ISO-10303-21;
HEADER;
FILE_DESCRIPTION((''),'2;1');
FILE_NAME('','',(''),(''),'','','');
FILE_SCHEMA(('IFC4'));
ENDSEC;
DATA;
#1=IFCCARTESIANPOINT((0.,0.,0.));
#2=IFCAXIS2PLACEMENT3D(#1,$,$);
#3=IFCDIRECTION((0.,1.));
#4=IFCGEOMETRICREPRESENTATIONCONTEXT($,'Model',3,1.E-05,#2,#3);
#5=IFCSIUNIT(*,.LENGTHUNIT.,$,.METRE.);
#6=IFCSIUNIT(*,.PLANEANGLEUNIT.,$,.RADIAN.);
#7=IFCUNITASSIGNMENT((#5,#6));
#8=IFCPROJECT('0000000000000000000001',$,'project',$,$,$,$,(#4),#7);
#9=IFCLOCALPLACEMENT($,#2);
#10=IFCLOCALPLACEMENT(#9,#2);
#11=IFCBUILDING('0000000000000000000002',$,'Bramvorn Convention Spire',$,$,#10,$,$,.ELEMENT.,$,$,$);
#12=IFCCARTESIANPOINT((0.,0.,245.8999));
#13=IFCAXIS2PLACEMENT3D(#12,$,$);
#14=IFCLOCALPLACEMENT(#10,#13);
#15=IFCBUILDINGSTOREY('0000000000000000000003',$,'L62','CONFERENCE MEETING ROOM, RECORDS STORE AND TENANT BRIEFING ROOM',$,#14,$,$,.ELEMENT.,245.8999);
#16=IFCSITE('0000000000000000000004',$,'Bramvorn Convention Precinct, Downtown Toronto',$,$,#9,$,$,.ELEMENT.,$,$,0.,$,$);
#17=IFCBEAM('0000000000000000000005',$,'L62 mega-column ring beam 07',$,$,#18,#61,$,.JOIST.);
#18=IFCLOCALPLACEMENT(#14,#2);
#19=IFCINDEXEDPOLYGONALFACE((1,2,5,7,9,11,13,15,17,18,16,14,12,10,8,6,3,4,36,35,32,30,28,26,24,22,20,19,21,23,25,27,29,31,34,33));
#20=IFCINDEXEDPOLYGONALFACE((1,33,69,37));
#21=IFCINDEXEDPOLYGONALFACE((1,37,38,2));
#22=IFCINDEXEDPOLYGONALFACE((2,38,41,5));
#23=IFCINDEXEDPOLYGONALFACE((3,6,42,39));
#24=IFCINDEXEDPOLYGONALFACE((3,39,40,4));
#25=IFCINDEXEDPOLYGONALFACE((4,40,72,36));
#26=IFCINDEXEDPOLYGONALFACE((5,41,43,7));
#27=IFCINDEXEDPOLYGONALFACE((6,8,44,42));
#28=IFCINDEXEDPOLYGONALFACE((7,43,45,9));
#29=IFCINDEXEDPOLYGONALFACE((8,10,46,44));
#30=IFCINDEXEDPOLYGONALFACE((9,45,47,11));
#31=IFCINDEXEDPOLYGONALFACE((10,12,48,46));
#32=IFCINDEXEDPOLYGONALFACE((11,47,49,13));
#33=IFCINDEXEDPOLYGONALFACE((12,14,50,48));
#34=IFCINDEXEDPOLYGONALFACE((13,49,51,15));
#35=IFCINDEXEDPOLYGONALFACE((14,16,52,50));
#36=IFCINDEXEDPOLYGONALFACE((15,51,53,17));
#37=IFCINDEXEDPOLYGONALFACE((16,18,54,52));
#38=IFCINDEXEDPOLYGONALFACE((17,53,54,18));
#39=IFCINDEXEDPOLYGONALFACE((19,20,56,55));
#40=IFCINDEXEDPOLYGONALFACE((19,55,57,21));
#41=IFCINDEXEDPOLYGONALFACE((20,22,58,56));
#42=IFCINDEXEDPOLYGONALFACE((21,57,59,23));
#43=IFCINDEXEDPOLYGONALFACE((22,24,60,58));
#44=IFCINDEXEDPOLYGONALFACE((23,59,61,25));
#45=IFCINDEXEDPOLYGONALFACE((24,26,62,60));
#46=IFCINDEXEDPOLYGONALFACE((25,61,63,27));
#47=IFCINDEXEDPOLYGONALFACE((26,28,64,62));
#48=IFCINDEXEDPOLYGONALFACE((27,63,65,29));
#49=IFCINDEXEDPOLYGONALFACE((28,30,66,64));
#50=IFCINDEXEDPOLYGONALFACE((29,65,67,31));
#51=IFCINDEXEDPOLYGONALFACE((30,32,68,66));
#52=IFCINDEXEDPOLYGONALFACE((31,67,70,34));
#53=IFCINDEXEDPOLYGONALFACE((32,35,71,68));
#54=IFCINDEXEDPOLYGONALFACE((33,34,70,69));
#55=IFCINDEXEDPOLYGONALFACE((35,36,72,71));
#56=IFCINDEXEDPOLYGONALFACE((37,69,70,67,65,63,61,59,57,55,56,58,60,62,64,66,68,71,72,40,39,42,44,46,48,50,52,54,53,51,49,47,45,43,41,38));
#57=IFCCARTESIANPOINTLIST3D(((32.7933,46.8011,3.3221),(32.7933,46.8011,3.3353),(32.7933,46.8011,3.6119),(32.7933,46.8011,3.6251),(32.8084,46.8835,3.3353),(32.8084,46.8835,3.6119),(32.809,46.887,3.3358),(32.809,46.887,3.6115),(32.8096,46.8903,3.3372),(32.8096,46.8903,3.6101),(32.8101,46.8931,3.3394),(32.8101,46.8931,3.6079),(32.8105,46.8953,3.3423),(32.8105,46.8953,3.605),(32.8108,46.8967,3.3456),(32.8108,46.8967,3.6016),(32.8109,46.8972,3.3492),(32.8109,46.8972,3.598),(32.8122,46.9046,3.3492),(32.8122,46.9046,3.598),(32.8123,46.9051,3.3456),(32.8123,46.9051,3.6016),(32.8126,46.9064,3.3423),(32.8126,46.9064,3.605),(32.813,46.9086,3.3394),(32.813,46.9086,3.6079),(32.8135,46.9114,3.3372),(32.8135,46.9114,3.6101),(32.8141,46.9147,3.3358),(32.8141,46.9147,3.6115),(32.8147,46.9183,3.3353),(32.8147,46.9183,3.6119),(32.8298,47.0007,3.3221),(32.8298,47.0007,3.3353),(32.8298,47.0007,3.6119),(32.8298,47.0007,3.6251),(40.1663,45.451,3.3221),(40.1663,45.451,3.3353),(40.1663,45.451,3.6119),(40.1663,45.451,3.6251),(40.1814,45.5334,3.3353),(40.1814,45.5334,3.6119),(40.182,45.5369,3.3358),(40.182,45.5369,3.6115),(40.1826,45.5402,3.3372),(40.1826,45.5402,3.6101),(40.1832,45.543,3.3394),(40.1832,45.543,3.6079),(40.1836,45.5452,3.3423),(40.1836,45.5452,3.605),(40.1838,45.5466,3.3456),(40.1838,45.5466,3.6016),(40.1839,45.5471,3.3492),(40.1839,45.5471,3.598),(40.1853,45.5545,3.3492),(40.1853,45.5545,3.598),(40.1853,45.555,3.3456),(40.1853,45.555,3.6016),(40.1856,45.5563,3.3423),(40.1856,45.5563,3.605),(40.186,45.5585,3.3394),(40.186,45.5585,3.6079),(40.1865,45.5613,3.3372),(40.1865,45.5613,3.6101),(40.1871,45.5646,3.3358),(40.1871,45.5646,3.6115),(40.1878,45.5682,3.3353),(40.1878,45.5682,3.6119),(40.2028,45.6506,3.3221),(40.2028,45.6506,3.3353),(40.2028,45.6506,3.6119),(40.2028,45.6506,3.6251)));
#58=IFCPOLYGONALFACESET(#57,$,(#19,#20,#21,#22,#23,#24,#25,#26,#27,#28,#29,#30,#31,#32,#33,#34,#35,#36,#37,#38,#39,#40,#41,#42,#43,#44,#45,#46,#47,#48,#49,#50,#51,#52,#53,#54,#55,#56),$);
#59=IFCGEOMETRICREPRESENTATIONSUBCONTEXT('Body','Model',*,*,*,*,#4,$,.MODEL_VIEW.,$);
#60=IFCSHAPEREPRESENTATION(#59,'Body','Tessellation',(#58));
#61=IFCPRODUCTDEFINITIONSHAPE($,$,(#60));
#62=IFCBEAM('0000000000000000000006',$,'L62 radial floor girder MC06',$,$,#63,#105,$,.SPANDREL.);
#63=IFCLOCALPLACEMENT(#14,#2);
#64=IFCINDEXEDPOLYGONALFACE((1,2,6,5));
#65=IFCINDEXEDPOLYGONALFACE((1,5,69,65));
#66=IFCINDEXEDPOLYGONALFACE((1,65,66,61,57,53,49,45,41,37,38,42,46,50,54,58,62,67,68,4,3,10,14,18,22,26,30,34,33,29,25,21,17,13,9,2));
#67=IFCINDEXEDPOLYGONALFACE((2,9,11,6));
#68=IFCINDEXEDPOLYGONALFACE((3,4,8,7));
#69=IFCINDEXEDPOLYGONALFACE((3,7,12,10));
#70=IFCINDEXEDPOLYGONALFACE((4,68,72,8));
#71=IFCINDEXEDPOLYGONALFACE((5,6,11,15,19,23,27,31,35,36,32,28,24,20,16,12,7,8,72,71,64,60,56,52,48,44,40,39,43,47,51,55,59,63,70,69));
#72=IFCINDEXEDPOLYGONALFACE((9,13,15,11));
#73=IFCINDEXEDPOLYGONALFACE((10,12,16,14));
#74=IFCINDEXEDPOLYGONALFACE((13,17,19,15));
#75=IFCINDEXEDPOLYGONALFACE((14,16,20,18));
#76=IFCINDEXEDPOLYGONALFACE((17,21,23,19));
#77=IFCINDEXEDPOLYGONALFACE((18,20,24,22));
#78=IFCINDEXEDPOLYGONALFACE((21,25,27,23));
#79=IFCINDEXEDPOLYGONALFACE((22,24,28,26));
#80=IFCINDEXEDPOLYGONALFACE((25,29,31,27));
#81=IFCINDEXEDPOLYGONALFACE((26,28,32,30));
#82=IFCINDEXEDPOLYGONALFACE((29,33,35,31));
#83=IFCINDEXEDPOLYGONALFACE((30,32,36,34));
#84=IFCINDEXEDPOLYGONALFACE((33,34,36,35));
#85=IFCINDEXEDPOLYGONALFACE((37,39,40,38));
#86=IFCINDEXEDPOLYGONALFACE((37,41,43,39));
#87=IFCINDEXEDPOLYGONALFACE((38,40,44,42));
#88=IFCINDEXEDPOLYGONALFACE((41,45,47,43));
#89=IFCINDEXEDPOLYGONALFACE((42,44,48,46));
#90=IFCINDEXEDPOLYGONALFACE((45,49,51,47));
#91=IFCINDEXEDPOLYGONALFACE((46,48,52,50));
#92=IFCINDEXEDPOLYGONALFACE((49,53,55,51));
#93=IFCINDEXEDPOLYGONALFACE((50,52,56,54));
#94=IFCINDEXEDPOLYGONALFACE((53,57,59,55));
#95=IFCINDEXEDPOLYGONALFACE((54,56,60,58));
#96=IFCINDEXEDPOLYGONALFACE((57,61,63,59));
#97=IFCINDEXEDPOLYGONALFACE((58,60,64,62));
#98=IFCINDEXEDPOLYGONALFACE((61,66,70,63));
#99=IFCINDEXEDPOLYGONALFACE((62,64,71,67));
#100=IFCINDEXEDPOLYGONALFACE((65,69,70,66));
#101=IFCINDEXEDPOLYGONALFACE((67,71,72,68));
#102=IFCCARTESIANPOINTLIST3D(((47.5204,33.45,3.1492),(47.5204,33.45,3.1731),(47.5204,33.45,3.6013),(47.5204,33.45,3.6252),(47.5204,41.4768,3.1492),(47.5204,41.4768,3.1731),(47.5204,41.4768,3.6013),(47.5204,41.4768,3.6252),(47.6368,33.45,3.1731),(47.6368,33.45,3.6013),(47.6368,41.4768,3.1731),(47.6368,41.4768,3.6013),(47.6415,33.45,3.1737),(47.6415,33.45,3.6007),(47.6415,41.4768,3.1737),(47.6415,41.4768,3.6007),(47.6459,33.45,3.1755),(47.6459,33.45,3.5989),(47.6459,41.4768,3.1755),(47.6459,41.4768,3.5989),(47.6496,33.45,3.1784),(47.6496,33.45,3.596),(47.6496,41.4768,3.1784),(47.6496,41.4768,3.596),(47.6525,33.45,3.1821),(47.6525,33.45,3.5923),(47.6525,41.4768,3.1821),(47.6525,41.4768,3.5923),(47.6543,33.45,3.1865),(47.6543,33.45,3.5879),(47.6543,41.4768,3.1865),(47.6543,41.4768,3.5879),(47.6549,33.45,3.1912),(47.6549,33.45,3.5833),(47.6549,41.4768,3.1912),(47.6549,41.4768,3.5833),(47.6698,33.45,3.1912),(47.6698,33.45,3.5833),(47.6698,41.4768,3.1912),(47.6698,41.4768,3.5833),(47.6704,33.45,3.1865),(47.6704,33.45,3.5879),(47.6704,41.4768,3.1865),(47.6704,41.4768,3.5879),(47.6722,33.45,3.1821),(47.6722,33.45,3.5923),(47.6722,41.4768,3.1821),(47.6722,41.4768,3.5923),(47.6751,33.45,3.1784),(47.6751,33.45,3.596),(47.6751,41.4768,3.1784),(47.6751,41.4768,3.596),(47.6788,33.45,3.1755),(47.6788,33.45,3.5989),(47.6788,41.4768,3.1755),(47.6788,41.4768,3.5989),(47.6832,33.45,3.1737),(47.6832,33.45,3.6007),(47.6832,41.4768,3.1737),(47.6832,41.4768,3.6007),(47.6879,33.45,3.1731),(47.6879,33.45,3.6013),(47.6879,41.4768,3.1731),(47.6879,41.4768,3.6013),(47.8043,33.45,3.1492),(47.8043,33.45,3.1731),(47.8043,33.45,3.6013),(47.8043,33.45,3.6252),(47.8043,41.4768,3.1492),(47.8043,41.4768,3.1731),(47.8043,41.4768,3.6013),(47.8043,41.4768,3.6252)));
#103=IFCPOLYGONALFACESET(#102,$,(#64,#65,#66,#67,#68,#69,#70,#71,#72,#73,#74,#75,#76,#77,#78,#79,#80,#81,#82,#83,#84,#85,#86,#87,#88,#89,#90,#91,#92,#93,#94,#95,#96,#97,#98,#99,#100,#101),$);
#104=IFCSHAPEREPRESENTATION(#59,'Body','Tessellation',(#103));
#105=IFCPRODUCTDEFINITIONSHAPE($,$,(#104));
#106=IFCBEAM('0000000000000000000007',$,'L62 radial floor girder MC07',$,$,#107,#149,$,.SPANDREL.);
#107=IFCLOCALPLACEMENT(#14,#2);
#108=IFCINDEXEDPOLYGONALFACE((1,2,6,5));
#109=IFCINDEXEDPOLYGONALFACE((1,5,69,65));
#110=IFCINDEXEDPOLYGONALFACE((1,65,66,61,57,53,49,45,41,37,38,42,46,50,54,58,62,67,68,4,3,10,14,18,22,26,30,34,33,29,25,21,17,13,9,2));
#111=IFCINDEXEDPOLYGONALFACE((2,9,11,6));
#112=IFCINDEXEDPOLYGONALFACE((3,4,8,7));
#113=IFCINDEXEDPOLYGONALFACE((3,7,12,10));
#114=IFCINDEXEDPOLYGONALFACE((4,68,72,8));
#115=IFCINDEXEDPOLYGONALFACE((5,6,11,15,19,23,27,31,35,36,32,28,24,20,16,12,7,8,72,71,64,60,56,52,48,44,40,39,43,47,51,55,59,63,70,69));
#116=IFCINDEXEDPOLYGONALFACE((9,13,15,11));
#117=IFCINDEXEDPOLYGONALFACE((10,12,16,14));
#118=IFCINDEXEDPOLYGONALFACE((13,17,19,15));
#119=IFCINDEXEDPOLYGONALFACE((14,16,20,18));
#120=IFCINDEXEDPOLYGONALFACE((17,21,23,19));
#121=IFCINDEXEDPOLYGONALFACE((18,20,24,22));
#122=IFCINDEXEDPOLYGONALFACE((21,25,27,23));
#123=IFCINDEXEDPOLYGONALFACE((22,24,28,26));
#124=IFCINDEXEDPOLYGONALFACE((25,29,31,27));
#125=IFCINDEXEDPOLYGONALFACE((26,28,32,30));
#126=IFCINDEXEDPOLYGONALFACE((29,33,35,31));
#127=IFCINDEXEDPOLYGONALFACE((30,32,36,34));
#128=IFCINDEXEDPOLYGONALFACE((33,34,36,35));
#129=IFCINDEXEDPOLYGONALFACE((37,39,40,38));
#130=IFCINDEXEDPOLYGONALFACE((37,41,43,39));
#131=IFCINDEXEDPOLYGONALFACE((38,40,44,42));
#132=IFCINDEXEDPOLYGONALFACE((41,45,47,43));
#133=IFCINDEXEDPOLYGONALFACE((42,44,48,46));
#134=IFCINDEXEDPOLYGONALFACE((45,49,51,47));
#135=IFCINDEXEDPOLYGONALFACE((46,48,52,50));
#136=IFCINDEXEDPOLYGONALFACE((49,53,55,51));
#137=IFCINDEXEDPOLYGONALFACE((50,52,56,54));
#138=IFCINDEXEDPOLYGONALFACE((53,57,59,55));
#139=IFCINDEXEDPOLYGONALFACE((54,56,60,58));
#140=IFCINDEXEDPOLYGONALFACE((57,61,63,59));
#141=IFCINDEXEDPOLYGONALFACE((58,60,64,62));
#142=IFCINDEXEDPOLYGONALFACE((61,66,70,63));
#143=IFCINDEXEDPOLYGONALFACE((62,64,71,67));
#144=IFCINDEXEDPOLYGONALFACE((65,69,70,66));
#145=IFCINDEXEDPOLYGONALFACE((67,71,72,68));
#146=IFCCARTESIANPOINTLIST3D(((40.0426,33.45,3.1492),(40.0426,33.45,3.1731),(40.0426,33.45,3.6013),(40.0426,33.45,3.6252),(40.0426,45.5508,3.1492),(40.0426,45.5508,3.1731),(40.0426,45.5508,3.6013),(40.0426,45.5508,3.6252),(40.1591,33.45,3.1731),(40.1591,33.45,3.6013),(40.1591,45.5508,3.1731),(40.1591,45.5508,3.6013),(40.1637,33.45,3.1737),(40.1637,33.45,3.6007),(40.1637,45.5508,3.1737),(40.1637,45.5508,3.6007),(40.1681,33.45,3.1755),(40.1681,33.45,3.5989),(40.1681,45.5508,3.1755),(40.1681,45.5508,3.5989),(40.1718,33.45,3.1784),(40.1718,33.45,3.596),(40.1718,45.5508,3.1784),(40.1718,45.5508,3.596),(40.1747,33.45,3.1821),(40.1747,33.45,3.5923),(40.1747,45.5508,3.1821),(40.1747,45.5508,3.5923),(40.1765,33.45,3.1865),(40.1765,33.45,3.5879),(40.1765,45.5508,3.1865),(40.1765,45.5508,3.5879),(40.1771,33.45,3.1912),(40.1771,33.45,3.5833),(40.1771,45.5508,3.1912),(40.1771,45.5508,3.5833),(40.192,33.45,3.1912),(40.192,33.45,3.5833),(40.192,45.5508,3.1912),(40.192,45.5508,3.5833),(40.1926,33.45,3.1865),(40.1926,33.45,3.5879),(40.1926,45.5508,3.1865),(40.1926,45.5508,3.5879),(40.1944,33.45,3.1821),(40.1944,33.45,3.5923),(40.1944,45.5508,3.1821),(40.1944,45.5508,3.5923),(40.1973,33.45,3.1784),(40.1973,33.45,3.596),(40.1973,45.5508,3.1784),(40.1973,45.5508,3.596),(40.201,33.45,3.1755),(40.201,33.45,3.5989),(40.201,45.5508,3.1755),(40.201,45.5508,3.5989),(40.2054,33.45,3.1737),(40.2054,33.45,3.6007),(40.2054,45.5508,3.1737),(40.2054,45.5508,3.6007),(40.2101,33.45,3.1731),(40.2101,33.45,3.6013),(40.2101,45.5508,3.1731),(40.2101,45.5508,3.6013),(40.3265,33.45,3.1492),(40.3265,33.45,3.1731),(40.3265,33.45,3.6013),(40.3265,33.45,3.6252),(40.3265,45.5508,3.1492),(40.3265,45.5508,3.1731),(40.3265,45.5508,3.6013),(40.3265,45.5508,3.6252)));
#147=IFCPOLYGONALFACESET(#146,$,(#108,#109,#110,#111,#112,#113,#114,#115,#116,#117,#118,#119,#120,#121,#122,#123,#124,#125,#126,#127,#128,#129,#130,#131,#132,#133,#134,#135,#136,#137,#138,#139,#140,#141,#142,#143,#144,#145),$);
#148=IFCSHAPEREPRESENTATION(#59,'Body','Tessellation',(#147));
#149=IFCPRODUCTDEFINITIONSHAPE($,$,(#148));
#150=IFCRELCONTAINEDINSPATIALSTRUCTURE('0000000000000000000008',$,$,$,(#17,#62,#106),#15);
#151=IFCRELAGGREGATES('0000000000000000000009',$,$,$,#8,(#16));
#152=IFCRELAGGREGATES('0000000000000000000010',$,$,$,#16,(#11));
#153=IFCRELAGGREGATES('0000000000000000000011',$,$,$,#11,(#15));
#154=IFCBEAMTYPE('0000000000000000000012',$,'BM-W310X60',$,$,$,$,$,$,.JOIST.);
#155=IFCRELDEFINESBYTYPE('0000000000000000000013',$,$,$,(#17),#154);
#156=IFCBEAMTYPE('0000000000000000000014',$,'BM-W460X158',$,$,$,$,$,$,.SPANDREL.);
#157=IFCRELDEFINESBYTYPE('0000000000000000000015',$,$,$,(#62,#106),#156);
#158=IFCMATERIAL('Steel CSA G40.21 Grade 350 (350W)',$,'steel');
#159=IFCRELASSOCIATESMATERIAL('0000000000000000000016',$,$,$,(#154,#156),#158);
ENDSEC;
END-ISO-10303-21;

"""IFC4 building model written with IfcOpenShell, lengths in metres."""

from ifc_helpers import new_model, si_unit, direction, frame, origin, origin_2d, place, context, subcontext, project, spatial, i_section, extrude, material, material_profile, profile_set, type_object, element, save


model = new_model("IFC4")

# Units and contexts
model_context = context("Model", 3, precision=1e-05, world=origin(), true_north=direction((0.0, 1.0)))
body_context = subcontext(model_context, "Body", "Model", "MODEL_VIEW")
ifc_project = project(units=[si_unit("LENGTHUNIT", "METRE"), si_unit("PLANEANGLEUNIT", "RADIAN")], contexts=[model_context])

# Site, building, storey
site_placement = place(None, origin())
site = spatial("IfcSite", under=ifc_project, at=site_placement, Name="Bramvorn Convention Precinct, Downtown Toronto", CompositionType="ELEMENT", RefElevation=0.0)
building_placement = place(site_placement, origin())
building = spatial("IfcBuilding", under=site, at=building_placement, Name="Bramvorn Convention Spire", CompositionType="ELEMENT")
storey_placement = place(building_placement, frame((0.0, 0.0, 245.8999)))
storey = spatial("IfcBuildingStorey", under=building, at=storey_placement, Name="L62", Description="CONFERENCE MEETING ROOM, RECORDS STORE AND TENANT BRIEFING ROOM", CompositionType="ELEMENT", Elevation=245.8999)

# Shared definitions
ifc_material_1 = material(Name="Steel CSA G40.21 Grade 350 (350W)", Category="steel")

# Beams
ifc_material_profile_1 = material_profile(ifc_material_1, i_section(OverallWidth=0.2029, OverallDepth=0.303, WebThickness=0.0076, FlangeThickness=0.0132, FilletRadius=0.0139, at=origin_2d()))
ifc_profile_set_1 = profile_set([ifc_material_profile_1], Name="Steel CSA G40.21 Grade 350 (350W) - W310X60")
beam_type_1 = type_object("IfcBeamType", Name="BM-W310X60", PredefinedType="JOIST", material=ifc_profile_set_1)
beam_1_placement = place(storey_placement, frame((40.1846, 45.5508, 3.4736), z_axis=(-0.983645, 0.180118, 0.0), x_axis=(-0.180118, -0.983645, 0.0)))
element("IfcBeam", 1, at=beam_1_placement, inside=storey, type_object=beam_type_1, Name="L62 mega-column ring beam 07", PredefinedType="JOIST", context=body_context, shape_type="SweptSolid", body=[
    extrude(i_section(OverallWidth=0.2029, OverallDepth=0.303, WebThickness=0.0076, FlangeThickness=0.0132, FilletRadius=0.0139, at=origin_2d()), origin(), (0.0, 0.0, 1.0), 7.4956),
])
ifc_material_profile_2 = material_profile(ifc_material_1, i_section(OverallWidth=0.2839, OverallDepth=0.4761, WebThickness=0.0149, FlangeThickness=0.0239, FilletRadius=0.0181, at=origin_2d()))
ifc_profile_set_2 = profile_set([ifc_material_profile_2], Name="Steel CSA G40.21 Grade 350 (350W) - W460X158")
beam_type_2 = type_object("IfcBeamType", Name="BM-W460X158", PredefinedType="SPANDREL", material=ifc_profile_set_2)
beam_2_placement = place(storey_placement, frame((47.6624, 33.45, 3.3872), z_axis=(0.0, 1.0, 0.0), x_axis=(-1.0, 0.0, 0.0)))
element("IfcBeam", 2, at=beam_2_placement, inside=storey, type_object=beam_type_2, Name="L62 radial floor girder MC06", PredefinedType="SPANDREL", context=body_context, shape_type="SweptSolid", body=[
    extrude(i_section(OverallWidth=0.2839, OverallDepth=0.4761, WebThickness=0.0149, FlangeThickness=0.0239, FilletRadius=0.0181, at=origin_2d()), origin(), (0.0, 0.0, 1.0), 8.0269),
])
beam_3_placement = place(storey_placement, frame((40.1846, 33.45, 3.3872), z_axis=(0.0, 1.0, 0.0), x_axis=(-1.0, 0.0, 0.0)))
element("IfcBeam", 3, at=beam_3_placement, inside=storey, type_object=beam_type_2, Name="L62 radial floor girder MC07", PredefinedType="SPANDREL", context=body_context, shape_type="SweptSolid", body=[
    extrude(i_section(OverallWidth=0.2839, OverallDepth=0.4761, WebThickness=0.0149, FlangeThickness=0.0239, FilletRadius=0.0181, at=origin_2d()), origin(), (0.0, 0.0, 1.0), 12.1008),
])

save(model, "model.ifc")
